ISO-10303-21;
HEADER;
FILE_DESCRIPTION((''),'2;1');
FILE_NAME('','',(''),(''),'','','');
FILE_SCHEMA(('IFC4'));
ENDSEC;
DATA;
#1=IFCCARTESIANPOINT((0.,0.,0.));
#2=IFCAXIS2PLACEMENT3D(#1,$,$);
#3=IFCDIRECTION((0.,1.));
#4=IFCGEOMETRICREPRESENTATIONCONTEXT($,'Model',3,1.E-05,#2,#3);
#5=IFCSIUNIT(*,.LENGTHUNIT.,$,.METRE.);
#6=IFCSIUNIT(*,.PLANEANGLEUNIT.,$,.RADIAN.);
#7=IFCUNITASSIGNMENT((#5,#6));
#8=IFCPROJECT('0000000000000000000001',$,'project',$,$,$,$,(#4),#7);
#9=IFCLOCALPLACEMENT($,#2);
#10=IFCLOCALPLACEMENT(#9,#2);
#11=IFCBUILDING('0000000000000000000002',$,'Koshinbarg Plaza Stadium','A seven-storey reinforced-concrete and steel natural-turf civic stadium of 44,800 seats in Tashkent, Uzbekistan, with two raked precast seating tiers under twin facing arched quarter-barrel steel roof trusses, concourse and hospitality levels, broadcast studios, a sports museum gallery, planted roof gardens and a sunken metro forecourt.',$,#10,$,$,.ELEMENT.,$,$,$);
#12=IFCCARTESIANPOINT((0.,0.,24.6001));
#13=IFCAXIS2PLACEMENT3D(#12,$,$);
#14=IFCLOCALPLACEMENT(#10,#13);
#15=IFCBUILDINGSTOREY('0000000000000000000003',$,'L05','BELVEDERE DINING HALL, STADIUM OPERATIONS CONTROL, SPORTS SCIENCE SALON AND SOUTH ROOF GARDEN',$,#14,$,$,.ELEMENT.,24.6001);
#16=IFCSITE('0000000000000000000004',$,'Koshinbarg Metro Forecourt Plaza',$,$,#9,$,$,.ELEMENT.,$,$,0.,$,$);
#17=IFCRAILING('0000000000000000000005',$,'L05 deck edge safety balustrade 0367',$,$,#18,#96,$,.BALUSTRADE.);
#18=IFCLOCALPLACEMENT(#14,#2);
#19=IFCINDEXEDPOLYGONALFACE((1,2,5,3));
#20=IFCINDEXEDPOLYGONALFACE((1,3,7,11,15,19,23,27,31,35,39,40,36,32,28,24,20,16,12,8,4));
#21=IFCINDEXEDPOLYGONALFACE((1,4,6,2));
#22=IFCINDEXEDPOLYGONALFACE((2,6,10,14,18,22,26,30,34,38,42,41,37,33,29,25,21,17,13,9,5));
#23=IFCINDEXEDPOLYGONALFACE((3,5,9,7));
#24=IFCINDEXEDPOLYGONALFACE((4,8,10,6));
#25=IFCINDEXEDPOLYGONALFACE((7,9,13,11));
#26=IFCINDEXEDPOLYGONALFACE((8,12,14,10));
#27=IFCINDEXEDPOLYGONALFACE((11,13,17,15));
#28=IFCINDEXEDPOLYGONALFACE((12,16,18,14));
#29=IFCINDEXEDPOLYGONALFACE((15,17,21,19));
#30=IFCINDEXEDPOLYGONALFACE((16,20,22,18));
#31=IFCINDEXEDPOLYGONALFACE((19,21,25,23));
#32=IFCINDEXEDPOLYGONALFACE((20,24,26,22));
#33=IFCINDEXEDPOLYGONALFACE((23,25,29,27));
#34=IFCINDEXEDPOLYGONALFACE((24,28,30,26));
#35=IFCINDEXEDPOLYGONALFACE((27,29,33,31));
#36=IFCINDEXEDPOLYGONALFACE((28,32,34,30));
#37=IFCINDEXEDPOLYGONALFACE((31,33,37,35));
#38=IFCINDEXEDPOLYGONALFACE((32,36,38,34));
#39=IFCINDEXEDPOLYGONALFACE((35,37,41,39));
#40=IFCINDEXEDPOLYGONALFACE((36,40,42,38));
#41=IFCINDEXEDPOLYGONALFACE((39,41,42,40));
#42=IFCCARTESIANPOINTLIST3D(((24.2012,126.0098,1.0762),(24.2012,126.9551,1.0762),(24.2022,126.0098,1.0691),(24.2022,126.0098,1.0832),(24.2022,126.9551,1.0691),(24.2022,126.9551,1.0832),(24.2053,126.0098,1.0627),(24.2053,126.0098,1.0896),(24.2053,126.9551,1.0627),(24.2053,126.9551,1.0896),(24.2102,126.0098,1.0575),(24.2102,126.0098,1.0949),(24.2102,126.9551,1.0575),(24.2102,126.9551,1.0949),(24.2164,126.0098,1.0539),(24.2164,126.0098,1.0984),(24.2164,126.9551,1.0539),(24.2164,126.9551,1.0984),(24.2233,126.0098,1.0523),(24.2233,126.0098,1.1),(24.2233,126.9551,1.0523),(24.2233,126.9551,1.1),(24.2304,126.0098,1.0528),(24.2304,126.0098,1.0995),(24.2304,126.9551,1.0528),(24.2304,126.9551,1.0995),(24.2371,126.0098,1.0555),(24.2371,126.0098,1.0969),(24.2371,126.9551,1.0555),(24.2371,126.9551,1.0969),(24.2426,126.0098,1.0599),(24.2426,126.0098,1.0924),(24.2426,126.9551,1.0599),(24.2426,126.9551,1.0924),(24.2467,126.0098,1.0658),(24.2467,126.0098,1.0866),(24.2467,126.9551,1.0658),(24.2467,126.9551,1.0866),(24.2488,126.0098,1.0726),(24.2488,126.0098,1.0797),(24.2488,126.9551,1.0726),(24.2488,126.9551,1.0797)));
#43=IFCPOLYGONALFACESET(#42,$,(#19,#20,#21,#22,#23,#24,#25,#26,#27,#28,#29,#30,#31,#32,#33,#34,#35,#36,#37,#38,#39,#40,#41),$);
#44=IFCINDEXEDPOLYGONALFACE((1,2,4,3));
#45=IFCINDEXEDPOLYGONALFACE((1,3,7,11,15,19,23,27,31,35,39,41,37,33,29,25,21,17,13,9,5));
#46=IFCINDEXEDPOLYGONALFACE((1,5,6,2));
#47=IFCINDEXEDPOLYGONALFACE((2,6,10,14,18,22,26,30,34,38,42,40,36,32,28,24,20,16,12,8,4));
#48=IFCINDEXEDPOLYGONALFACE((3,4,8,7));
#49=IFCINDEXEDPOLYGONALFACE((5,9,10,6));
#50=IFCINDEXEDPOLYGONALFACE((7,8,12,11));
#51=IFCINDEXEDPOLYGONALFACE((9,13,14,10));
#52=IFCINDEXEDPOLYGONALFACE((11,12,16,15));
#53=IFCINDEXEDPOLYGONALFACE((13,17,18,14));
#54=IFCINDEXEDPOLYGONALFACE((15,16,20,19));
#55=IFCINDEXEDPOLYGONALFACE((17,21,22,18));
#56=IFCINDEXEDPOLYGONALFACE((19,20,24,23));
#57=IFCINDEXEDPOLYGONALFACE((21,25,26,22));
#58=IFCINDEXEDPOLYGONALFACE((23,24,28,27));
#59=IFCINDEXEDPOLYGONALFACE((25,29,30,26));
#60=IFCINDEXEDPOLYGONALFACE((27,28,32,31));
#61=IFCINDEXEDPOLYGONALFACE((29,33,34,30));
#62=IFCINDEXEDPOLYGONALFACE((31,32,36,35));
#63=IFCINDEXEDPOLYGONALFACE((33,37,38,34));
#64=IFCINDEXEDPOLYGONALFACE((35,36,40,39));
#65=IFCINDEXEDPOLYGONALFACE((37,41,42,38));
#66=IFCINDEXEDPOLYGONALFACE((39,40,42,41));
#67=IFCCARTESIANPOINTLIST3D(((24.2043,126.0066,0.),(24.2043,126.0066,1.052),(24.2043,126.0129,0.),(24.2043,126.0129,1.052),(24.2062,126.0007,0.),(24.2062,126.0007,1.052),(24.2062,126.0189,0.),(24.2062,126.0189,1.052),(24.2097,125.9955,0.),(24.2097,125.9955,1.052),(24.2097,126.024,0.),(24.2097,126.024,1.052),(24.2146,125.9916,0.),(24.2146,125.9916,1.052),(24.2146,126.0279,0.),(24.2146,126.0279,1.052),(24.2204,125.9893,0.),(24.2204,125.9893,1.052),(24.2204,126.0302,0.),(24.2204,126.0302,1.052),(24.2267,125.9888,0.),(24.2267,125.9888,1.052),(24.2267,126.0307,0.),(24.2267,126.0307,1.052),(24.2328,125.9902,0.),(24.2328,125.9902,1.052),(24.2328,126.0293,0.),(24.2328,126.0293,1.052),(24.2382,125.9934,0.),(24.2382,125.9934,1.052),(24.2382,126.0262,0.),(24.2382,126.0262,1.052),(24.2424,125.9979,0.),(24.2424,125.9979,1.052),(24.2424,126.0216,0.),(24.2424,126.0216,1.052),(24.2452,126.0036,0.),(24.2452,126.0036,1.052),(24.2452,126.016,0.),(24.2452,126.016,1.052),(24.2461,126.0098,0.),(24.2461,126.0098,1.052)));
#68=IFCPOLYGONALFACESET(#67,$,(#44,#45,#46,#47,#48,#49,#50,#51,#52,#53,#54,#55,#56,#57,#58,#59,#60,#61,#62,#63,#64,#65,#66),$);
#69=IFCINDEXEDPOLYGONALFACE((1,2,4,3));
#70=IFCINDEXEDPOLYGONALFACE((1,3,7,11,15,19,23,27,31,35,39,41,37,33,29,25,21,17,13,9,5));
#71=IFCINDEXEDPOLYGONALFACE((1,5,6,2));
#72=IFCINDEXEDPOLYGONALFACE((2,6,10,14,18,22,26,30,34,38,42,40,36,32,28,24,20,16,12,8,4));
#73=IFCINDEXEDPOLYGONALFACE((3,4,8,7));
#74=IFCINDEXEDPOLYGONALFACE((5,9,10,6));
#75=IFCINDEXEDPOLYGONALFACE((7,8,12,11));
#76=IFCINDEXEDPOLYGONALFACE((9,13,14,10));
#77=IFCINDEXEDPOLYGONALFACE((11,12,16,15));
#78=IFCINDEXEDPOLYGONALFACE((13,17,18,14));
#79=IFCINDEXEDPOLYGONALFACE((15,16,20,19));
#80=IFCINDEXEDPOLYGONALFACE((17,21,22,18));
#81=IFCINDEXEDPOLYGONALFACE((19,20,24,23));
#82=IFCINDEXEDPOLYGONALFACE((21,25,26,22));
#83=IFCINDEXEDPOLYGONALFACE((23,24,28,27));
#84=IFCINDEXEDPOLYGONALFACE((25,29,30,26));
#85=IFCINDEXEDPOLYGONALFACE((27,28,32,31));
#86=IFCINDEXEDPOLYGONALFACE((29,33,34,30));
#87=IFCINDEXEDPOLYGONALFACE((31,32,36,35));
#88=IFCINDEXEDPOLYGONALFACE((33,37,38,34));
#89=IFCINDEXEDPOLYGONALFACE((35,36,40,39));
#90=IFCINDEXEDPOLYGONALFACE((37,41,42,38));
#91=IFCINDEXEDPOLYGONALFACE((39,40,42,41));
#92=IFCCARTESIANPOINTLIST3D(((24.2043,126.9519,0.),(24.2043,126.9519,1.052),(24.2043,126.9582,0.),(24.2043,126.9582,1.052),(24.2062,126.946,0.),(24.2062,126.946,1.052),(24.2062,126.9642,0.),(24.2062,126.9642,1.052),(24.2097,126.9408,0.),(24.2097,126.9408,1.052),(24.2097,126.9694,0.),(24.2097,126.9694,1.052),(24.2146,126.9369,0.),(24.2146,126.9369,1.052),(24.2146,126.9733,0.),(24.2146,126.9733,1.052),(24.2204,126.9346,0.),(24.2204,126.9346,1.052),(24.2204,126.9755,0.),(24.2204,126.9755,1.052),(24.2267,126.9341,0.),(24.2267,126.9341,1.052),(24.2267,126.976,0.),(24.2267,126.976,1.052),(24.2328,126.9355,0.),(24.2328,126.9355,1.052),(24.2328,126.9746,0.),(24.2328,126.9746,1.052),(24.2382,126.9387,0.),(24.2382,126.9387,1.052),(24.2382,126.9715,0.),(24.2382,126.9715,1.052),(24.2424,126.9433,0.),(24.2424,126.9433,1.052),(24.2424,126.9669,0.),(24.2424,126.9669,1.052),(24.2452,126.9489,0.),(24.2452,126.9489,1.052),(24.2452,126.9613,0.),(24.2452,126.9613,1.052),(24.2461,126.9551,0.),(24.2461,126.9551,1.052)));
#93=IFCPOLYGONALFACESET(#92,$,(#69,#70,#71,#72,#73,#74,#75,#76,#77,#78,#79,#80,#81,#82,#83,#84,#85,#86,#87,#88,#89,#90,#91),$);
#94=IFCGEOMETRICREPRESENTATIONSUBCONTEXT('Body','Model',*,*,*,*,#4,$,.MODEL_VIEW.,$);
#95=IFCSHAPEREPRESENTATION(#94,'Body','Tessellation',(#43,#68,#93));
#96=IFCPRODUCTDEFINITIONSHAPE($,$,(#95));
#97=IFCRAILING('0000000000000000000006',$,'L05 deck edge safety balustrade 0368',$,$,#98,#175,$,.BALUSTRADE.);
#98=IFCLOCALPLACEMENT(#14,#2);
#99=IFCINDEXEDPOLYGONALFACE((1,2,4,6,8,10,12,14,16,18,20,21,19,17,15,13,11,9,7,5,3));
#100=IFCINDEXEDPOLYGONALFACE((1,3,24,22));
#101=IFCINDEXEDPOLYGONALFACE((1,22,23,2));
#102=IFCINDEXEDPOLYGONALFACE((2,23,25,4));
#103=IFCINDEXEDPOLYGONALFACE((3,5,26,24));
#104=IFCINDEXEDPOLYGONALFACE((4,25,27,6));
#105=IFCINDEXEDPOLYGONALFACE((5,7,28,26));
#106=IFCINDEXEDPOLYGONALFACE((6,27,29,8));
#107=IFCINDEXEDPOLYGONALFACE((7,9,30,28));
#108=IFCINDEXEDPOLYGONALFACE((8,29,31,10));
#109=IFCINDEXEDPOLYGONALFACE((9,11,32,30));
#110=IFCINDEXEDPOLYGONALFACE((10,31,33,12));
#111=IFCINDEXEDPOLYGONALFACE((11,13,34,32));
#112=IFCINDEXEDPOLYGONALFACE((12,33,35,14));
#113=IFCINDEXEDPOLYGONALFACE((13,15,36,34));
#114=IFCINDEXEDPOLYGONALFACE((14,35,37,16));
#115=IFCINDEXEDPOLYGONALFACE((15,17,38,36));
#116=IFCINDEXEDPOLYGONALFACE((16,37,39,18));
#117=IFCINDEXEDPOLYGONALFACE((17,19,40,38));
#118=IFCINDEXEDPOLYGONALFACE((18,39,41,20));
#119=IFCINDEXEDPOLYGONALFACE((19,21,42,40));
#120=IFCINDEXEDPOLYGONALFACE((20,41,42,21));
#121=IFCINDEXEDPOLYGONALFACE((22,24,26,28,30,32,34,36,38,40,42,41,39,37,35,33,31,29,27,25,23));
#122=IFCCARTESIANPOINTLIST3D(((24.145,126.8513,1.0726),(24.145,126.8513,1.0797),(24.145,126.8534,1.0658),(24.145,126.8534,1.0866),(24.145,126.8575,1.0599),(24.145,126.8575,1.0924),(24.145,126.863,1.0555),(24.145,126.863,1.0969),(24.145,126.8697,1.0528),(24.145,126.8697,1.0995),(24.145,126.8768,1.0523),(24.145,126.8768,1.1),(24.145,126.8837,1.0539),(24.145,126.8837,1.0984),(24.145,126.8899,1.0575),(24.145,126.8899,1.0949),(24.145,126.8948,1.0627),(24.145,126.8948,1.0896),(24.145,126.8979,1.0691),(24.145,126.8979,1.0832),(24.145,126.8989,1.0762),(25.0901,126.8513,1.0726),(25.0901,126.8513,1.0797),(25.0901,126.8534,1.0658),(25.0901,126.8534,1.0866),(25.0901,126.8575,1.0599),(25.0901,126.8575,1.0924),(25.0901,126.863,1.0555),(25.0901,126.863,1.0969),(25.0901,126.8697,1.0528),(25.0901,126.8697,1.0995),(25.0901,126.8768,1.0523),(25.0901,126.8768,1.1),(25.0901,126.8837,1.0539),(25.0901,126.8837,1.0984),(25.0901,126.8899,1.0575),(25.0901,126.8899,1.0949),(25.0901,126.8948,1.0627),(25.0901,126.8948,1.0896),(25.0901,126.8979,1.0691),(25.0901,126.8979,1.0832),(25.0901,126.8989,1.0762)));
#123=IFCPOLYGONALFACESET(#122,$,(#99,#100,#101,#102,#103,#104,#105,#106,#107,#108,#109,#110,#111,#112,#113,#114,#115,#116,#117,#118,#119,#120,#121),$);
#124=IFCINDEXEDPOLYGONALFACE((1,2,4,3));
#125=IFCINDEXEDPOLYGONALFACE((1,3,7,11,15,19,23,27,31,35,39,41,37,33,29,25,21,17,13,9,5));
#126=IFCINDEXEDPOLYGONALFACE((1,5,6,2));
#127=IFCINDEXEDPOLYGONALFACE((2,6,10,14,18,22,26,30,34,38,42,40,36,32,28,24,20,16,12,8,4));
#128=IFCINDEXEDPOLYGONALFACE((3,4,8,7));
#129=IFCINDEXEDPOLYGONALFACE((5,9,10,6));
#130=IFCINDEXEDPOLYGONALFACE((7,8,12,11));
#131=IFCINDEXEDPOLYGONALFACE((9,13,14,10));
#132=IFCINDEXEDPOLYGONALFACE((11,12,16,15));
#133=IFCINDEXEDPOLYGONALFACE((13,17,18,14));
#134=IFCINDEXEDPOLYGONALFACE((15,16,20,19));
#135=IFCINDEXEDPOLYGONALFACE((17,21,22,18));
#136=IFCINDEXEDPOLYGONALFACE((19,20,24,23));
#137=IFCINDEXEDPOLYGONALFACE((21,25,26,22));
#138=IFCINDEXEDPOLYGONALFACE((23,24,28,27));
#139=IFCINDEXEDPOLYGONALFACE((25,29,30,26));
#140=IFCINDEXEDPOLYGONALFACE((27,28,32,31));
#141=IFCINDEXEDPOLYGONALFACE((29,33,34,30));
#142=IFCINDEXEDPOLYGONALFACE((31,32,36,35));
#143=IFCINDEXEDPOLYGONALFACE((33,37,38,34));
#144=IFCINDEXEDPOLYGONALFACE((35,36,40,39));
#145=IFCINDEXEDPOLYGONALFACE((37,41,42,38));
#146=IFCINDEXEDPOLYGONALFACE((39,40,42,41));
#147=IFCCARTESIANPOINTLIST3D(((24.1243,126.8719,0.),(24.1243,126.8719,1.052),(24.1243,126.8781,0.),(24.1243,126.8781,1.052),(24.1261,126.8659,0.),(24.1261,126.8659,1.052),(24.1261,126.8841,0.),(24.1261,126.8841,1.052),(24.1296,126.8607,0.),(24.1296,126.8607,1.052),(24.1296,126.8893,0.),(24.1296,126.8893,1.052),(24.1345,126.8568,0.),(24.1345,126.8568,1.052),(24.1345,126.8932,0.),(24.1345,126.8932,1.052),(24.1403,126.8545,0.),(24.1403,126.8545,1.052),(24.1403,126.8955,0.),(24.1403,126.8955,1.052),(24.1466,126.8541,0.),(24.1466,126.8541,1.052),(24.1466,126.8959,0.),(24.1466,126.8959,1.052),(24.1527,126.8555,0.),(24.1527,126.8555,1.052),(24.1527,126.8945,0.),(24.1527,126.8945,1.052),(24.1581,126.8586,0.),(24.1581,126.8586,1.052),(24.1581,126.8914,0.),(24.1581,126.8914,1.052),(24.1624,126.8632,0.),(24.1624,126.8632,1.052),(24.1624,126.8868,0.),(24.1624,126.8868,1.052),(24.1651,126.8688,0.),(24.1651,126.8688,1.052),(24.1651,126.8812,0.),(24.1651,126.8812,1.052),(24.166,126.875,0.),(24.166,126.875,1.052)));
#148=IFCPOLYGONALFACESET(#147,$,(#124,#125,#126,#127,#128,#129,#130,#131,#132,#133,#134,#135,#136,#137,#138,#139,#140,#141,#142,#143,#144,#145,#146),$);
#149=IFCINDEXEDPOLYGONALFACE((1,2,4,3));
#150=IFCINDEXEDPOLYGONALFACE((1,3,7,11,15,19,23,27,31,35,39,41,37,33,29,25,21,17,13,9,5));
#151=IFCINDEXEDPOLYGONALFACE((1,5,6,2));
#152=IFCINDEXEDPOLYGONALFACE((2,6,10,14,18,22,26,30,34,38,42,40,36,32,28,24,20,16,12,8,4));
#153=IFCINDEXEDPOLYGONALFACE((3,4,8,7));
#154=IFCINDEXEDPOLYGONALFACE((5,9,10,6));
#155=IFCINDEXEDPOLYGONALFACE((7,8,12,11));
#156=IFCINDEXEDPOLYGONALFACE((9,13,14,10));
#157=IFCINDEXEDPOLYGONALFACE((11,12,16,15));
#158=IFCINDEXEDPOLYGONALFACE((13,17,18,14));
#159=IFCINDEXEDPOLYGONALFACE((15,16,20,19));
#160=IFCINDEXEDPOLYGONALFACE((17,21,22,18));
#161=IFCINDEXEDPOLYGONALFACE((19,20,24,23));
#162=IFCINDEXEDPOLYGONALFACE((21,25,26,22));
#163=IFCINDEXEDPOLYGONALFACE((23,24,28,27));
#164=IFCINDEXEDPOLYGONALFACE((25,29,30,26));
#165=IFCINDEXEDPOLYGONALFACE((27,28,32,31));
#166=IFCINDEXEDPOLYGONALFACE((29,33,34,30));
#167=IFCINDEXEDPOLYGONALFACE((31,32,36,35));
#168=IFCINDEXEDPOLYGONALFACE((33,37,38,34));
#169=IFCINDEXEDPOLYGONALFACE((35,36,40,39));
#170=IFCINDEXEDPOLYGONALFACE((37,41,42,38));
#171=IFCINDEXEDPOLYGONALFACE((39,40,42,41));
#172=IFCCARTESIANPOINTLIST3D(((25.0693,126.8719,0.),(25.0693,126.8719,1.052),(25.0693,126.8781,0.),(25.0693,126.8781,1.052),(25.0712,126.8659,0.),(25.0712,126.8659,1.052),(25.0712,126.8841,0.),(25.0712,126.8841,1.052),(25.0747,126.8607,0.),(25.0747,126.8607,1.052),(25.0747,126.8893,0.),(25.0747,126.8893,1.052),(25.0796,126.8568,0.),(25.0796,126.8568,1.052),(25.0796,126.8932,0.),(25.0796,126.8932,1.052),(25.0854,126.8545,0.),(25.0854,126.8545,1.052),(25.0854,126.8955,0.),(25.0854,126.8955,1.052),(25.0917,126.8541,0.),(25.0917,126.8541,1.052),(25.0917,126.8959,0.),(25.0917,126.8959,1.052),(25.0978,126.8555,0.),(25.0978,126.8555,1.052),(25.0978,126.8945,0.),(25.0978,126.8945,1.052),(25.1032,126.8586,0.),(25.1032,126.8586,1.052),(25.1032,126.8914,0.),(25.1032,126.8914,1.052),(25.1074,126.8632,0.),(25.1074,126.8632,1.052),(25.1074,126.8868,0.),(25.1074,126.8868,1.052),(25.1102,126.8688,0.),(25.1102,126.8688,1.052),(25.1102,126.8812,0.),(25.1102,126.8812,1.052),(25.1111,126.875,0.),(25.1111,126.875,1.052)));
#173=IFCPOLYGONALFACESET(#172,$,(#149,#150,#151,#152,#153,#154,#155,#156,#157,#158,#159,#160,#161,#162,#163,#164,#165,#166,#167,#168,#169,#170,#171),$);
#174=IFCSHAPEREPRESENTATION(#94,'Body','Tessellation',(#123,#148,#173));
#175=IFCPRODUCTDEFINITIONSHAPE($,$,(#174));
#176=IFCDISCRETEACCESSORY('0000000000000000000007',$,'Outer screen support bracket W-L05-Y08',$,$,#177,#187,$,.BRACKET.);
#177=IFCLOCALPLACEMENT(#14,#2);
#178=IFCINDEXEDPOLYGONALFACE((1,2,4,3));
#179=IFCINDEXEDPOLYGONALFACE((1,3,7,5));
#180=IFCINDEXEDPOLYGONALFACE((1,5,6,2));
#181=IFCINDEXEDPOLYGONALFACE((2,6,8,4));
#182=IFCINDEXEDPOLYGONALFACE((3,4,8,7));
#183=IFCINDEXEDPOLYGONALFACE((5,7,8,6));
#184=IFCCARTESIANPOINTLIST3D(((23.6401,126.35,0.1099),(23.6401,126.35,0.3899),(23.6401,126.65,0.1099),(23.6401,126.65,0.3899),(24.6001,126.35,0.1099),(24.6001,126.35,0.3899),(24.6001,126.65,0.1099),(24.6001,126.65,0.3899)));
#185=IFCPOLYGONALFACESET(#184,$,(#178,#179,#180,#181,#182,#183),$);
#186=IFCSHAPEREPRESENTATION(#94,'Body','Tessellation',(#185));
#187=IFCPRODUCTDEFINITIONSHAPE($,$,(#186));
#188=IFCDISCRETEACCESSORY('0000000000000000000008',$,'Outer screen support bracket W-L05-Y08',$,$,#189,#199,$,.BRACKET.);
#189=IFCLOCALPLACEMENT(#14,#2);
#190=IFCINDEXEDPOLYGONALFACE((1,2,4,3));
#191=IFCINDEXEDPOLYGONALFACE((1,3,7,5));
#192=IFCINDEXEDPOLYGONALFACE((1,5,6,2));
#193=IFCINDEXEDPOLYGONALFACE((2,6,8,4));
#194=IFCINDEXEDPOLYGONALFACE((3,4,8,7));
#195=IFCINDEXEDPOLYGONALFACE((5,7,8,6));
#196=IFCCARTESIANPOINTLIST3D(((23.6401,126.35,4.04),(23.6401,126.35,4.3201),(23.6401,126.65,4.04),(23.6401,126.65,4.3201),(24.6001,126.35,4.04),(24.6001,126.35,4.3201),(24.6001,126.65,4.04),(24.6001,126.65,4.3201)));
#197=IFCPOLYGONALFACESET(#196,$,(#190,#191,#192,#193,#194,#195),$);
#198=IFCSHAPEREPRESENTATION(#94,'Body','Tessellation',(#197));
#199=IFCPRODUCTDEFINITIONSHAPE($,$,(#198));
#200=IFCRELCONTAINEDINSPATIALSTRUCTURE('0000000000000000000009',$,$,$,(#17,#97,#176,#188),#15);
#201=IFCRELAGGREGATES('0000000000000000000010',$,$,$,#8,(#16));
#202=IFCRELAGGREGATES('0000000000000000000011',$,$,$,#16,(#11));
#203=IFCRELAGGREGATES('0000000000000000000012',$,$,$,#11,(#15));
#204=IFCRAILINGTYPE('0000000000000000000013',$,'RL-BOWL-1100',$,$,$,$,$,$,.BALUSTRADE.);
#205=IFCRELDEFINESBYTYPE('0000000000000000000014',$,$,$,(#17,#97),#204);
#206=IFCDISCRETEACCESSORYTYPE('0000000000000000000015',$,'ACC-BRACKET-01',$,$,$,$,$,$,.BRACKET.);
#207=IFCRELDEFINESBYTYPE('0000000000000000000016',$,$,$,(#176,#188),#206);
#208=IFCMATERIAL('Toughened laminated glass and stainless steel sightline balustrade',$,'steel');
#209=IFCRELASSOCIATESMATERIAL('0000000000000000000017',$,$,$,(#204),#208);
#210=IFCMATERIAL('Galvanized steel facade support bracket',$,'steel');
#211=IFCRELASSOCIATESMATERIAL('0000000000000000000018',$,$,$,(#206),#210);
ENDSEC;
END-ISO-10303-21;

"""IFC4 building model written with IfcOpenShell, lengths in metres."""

from ifc_helpers import new_model, si_unit, direction, frame, origin, origin_2d, place, context, subcontext, project, spatial, rectangle, circle, extrude, material, type_object, element, save


model = new_model("IFC4")

# Units and contexts
model_context = context("Model", 3, precision=1e-05, world=origin(), true_north=direction((0.0, 1.0)))
body_context = subcontext(model_context, "Body", "Model", "MODEL_VIEW")
ifc_project = project(units=[si_unit("LENGTHUNIT", "METRE"), si_unit("PLANEANGLEUNIT", "RADIAN")], contexts=[model_context])

# Site, building, storey
site_placement = place(None, origin())
site = spatial("IfcSite", under=ifc_project, at=site_placement, Name="Koshinbarg Metro Forecourt Plaza", CompositionType="ELEMENT", RefElevation=0.0)
building_placement = place(site_placement, origin())
building = spatial("IfcBuilding", under=site, at=building_placement, Name="Koshinbarg Plaza Stadium", Description="A seven-storey reinforced-concrete and steel natural-turf civic stadium of 44,800 seats in Tashkent, Uzbekistan, with two raked precast seating tiers under twin facing arched quarter-barrel steel roof trusses, concourse and hospitality levels, broadcast studios, a sports museum gallery, planted roof gardens and a sunken metro forecourt.", CompositionType="ELEMENT")
storey_placement = place(building_placement, frame((0.0, 0.0, 24.6001)))
storey = spatial("IfcBuildingStorey", under=building, at=storey_placement, Name="L05", Description="BELVEDERE DINING HALL, STADIUM OPERATIONS CONTROL, SPORTS SCIENCE SALON AND SOUTH ROOF GARDEN", CompositionType="ELEMENT", Elevation=24.6001)

# Railings
ifc_material_1 = material(Name="Toughened laminated glass and stainless steel sightline balustrade", Category="steel")
railing_type = type_object("IfcRailingType", Name="RL-BOWL-1100", PredefinedType="BALUSTRADE", material=ifc_material_1)
railing_1_placement = place(storey_placement, frame((24.2251, 126.0098, 0.0)))
element("IfcRailing", 1, at=railing_1_placement, inside=storey, type_object=railing_type, Name="L05 deck edge safety balustrade 0367", PredefinedType="BALUSTRADE", context=body_context, shape_type="SweptSolid", body=[
    extrude(circle(Radius=0.0239, at=origin_2d()), frame((0.0, 0.0, 1.0762), z_axis=(0.0, 1.0, 0.0), x_axis=(-1.0, 0.0, 0.0)), (0.0, 0.0, 1.0), 0.9453),
    extrude(circle(Radius=0.021, at=origin_2d()), origin(), (0.0, 0.0, 1.0), 1.052),
    extrude(circle(Radius=0.021, at=origin_2d()), frame((0.0, 0.9453, 0.0)), (0.0, 0.0, 1.0), 1.052),
])
railing_2_placement = place(storey_placement, frame((24.145, 126.875, 0.0)))
element("IfcRailing", 2, at=railing_2_placement, inside=storey, type_object=railing_type, Name="L05 deck edge safety balustrade 0368", PredefinedType="BALUSTRADE", context=body_context, shape_type="SweptSolid", body=[
    extrude(circle(Radius=0.0239, at=origin_2d()), frame((0.0, 0.0, 1.0762), z_axis=(1.0, 0.0, 0.0), x_axis=(0.0, 1.0, 0.0)), (0.0, 0.0, 1.0), 0.9451),
    extrude(circle(Radius=0.021, at=origin_2d()), origin(), (0.0, 0.0, 1.0), 1.052),
    extrude(circle(Radius=0.021, at=origin_2d()), frame((0.9451, 0.0, 0.0)), (0.0, 0.0, 1.0), 1.052),
])

# Discrete accessories
ifc_material_2 = material(Name="Galvanized steel facade support bracket", Category="steel")
discrete_accessory_type = type_object("IfcDiscreteAccessoryType", Name="ACC-BRACKET-01", PredefinedType="BRACKET", material=ifc_material_2)
for number, where, z_axis, x_axis, name in (
    (3, (24.1201, 126.5, 0.1099), (0.0, 0.0, 1.0), (1.0, 0.0, 0.0), "Outer screen support bracket W-L05-Y08"),
    (4, (24.1201, 126.5, 4.04), (0.0, 0.0, 1.0), (1.0, 0.0, 0.0), "Outer screen support bracket W-L05-Y08"),
):
    element("IfcDiscreteAccessory", number, at=place(storey_placement, frame(where, z_axis=z_axis, x_axis=x_axis)), inside=storey, type_object=discrete_accessory_type, Name=name, PredefinedType="BRACKET", context=body_context, shape_type="SweptSolid", body=[
        extrude(rectangle(XDim=0.96, YDim=0.3, at=origin_2d()), origin(), (0.0, 0.0, 1.0), 0.28),
    ])

save(model, "model.ifc")
